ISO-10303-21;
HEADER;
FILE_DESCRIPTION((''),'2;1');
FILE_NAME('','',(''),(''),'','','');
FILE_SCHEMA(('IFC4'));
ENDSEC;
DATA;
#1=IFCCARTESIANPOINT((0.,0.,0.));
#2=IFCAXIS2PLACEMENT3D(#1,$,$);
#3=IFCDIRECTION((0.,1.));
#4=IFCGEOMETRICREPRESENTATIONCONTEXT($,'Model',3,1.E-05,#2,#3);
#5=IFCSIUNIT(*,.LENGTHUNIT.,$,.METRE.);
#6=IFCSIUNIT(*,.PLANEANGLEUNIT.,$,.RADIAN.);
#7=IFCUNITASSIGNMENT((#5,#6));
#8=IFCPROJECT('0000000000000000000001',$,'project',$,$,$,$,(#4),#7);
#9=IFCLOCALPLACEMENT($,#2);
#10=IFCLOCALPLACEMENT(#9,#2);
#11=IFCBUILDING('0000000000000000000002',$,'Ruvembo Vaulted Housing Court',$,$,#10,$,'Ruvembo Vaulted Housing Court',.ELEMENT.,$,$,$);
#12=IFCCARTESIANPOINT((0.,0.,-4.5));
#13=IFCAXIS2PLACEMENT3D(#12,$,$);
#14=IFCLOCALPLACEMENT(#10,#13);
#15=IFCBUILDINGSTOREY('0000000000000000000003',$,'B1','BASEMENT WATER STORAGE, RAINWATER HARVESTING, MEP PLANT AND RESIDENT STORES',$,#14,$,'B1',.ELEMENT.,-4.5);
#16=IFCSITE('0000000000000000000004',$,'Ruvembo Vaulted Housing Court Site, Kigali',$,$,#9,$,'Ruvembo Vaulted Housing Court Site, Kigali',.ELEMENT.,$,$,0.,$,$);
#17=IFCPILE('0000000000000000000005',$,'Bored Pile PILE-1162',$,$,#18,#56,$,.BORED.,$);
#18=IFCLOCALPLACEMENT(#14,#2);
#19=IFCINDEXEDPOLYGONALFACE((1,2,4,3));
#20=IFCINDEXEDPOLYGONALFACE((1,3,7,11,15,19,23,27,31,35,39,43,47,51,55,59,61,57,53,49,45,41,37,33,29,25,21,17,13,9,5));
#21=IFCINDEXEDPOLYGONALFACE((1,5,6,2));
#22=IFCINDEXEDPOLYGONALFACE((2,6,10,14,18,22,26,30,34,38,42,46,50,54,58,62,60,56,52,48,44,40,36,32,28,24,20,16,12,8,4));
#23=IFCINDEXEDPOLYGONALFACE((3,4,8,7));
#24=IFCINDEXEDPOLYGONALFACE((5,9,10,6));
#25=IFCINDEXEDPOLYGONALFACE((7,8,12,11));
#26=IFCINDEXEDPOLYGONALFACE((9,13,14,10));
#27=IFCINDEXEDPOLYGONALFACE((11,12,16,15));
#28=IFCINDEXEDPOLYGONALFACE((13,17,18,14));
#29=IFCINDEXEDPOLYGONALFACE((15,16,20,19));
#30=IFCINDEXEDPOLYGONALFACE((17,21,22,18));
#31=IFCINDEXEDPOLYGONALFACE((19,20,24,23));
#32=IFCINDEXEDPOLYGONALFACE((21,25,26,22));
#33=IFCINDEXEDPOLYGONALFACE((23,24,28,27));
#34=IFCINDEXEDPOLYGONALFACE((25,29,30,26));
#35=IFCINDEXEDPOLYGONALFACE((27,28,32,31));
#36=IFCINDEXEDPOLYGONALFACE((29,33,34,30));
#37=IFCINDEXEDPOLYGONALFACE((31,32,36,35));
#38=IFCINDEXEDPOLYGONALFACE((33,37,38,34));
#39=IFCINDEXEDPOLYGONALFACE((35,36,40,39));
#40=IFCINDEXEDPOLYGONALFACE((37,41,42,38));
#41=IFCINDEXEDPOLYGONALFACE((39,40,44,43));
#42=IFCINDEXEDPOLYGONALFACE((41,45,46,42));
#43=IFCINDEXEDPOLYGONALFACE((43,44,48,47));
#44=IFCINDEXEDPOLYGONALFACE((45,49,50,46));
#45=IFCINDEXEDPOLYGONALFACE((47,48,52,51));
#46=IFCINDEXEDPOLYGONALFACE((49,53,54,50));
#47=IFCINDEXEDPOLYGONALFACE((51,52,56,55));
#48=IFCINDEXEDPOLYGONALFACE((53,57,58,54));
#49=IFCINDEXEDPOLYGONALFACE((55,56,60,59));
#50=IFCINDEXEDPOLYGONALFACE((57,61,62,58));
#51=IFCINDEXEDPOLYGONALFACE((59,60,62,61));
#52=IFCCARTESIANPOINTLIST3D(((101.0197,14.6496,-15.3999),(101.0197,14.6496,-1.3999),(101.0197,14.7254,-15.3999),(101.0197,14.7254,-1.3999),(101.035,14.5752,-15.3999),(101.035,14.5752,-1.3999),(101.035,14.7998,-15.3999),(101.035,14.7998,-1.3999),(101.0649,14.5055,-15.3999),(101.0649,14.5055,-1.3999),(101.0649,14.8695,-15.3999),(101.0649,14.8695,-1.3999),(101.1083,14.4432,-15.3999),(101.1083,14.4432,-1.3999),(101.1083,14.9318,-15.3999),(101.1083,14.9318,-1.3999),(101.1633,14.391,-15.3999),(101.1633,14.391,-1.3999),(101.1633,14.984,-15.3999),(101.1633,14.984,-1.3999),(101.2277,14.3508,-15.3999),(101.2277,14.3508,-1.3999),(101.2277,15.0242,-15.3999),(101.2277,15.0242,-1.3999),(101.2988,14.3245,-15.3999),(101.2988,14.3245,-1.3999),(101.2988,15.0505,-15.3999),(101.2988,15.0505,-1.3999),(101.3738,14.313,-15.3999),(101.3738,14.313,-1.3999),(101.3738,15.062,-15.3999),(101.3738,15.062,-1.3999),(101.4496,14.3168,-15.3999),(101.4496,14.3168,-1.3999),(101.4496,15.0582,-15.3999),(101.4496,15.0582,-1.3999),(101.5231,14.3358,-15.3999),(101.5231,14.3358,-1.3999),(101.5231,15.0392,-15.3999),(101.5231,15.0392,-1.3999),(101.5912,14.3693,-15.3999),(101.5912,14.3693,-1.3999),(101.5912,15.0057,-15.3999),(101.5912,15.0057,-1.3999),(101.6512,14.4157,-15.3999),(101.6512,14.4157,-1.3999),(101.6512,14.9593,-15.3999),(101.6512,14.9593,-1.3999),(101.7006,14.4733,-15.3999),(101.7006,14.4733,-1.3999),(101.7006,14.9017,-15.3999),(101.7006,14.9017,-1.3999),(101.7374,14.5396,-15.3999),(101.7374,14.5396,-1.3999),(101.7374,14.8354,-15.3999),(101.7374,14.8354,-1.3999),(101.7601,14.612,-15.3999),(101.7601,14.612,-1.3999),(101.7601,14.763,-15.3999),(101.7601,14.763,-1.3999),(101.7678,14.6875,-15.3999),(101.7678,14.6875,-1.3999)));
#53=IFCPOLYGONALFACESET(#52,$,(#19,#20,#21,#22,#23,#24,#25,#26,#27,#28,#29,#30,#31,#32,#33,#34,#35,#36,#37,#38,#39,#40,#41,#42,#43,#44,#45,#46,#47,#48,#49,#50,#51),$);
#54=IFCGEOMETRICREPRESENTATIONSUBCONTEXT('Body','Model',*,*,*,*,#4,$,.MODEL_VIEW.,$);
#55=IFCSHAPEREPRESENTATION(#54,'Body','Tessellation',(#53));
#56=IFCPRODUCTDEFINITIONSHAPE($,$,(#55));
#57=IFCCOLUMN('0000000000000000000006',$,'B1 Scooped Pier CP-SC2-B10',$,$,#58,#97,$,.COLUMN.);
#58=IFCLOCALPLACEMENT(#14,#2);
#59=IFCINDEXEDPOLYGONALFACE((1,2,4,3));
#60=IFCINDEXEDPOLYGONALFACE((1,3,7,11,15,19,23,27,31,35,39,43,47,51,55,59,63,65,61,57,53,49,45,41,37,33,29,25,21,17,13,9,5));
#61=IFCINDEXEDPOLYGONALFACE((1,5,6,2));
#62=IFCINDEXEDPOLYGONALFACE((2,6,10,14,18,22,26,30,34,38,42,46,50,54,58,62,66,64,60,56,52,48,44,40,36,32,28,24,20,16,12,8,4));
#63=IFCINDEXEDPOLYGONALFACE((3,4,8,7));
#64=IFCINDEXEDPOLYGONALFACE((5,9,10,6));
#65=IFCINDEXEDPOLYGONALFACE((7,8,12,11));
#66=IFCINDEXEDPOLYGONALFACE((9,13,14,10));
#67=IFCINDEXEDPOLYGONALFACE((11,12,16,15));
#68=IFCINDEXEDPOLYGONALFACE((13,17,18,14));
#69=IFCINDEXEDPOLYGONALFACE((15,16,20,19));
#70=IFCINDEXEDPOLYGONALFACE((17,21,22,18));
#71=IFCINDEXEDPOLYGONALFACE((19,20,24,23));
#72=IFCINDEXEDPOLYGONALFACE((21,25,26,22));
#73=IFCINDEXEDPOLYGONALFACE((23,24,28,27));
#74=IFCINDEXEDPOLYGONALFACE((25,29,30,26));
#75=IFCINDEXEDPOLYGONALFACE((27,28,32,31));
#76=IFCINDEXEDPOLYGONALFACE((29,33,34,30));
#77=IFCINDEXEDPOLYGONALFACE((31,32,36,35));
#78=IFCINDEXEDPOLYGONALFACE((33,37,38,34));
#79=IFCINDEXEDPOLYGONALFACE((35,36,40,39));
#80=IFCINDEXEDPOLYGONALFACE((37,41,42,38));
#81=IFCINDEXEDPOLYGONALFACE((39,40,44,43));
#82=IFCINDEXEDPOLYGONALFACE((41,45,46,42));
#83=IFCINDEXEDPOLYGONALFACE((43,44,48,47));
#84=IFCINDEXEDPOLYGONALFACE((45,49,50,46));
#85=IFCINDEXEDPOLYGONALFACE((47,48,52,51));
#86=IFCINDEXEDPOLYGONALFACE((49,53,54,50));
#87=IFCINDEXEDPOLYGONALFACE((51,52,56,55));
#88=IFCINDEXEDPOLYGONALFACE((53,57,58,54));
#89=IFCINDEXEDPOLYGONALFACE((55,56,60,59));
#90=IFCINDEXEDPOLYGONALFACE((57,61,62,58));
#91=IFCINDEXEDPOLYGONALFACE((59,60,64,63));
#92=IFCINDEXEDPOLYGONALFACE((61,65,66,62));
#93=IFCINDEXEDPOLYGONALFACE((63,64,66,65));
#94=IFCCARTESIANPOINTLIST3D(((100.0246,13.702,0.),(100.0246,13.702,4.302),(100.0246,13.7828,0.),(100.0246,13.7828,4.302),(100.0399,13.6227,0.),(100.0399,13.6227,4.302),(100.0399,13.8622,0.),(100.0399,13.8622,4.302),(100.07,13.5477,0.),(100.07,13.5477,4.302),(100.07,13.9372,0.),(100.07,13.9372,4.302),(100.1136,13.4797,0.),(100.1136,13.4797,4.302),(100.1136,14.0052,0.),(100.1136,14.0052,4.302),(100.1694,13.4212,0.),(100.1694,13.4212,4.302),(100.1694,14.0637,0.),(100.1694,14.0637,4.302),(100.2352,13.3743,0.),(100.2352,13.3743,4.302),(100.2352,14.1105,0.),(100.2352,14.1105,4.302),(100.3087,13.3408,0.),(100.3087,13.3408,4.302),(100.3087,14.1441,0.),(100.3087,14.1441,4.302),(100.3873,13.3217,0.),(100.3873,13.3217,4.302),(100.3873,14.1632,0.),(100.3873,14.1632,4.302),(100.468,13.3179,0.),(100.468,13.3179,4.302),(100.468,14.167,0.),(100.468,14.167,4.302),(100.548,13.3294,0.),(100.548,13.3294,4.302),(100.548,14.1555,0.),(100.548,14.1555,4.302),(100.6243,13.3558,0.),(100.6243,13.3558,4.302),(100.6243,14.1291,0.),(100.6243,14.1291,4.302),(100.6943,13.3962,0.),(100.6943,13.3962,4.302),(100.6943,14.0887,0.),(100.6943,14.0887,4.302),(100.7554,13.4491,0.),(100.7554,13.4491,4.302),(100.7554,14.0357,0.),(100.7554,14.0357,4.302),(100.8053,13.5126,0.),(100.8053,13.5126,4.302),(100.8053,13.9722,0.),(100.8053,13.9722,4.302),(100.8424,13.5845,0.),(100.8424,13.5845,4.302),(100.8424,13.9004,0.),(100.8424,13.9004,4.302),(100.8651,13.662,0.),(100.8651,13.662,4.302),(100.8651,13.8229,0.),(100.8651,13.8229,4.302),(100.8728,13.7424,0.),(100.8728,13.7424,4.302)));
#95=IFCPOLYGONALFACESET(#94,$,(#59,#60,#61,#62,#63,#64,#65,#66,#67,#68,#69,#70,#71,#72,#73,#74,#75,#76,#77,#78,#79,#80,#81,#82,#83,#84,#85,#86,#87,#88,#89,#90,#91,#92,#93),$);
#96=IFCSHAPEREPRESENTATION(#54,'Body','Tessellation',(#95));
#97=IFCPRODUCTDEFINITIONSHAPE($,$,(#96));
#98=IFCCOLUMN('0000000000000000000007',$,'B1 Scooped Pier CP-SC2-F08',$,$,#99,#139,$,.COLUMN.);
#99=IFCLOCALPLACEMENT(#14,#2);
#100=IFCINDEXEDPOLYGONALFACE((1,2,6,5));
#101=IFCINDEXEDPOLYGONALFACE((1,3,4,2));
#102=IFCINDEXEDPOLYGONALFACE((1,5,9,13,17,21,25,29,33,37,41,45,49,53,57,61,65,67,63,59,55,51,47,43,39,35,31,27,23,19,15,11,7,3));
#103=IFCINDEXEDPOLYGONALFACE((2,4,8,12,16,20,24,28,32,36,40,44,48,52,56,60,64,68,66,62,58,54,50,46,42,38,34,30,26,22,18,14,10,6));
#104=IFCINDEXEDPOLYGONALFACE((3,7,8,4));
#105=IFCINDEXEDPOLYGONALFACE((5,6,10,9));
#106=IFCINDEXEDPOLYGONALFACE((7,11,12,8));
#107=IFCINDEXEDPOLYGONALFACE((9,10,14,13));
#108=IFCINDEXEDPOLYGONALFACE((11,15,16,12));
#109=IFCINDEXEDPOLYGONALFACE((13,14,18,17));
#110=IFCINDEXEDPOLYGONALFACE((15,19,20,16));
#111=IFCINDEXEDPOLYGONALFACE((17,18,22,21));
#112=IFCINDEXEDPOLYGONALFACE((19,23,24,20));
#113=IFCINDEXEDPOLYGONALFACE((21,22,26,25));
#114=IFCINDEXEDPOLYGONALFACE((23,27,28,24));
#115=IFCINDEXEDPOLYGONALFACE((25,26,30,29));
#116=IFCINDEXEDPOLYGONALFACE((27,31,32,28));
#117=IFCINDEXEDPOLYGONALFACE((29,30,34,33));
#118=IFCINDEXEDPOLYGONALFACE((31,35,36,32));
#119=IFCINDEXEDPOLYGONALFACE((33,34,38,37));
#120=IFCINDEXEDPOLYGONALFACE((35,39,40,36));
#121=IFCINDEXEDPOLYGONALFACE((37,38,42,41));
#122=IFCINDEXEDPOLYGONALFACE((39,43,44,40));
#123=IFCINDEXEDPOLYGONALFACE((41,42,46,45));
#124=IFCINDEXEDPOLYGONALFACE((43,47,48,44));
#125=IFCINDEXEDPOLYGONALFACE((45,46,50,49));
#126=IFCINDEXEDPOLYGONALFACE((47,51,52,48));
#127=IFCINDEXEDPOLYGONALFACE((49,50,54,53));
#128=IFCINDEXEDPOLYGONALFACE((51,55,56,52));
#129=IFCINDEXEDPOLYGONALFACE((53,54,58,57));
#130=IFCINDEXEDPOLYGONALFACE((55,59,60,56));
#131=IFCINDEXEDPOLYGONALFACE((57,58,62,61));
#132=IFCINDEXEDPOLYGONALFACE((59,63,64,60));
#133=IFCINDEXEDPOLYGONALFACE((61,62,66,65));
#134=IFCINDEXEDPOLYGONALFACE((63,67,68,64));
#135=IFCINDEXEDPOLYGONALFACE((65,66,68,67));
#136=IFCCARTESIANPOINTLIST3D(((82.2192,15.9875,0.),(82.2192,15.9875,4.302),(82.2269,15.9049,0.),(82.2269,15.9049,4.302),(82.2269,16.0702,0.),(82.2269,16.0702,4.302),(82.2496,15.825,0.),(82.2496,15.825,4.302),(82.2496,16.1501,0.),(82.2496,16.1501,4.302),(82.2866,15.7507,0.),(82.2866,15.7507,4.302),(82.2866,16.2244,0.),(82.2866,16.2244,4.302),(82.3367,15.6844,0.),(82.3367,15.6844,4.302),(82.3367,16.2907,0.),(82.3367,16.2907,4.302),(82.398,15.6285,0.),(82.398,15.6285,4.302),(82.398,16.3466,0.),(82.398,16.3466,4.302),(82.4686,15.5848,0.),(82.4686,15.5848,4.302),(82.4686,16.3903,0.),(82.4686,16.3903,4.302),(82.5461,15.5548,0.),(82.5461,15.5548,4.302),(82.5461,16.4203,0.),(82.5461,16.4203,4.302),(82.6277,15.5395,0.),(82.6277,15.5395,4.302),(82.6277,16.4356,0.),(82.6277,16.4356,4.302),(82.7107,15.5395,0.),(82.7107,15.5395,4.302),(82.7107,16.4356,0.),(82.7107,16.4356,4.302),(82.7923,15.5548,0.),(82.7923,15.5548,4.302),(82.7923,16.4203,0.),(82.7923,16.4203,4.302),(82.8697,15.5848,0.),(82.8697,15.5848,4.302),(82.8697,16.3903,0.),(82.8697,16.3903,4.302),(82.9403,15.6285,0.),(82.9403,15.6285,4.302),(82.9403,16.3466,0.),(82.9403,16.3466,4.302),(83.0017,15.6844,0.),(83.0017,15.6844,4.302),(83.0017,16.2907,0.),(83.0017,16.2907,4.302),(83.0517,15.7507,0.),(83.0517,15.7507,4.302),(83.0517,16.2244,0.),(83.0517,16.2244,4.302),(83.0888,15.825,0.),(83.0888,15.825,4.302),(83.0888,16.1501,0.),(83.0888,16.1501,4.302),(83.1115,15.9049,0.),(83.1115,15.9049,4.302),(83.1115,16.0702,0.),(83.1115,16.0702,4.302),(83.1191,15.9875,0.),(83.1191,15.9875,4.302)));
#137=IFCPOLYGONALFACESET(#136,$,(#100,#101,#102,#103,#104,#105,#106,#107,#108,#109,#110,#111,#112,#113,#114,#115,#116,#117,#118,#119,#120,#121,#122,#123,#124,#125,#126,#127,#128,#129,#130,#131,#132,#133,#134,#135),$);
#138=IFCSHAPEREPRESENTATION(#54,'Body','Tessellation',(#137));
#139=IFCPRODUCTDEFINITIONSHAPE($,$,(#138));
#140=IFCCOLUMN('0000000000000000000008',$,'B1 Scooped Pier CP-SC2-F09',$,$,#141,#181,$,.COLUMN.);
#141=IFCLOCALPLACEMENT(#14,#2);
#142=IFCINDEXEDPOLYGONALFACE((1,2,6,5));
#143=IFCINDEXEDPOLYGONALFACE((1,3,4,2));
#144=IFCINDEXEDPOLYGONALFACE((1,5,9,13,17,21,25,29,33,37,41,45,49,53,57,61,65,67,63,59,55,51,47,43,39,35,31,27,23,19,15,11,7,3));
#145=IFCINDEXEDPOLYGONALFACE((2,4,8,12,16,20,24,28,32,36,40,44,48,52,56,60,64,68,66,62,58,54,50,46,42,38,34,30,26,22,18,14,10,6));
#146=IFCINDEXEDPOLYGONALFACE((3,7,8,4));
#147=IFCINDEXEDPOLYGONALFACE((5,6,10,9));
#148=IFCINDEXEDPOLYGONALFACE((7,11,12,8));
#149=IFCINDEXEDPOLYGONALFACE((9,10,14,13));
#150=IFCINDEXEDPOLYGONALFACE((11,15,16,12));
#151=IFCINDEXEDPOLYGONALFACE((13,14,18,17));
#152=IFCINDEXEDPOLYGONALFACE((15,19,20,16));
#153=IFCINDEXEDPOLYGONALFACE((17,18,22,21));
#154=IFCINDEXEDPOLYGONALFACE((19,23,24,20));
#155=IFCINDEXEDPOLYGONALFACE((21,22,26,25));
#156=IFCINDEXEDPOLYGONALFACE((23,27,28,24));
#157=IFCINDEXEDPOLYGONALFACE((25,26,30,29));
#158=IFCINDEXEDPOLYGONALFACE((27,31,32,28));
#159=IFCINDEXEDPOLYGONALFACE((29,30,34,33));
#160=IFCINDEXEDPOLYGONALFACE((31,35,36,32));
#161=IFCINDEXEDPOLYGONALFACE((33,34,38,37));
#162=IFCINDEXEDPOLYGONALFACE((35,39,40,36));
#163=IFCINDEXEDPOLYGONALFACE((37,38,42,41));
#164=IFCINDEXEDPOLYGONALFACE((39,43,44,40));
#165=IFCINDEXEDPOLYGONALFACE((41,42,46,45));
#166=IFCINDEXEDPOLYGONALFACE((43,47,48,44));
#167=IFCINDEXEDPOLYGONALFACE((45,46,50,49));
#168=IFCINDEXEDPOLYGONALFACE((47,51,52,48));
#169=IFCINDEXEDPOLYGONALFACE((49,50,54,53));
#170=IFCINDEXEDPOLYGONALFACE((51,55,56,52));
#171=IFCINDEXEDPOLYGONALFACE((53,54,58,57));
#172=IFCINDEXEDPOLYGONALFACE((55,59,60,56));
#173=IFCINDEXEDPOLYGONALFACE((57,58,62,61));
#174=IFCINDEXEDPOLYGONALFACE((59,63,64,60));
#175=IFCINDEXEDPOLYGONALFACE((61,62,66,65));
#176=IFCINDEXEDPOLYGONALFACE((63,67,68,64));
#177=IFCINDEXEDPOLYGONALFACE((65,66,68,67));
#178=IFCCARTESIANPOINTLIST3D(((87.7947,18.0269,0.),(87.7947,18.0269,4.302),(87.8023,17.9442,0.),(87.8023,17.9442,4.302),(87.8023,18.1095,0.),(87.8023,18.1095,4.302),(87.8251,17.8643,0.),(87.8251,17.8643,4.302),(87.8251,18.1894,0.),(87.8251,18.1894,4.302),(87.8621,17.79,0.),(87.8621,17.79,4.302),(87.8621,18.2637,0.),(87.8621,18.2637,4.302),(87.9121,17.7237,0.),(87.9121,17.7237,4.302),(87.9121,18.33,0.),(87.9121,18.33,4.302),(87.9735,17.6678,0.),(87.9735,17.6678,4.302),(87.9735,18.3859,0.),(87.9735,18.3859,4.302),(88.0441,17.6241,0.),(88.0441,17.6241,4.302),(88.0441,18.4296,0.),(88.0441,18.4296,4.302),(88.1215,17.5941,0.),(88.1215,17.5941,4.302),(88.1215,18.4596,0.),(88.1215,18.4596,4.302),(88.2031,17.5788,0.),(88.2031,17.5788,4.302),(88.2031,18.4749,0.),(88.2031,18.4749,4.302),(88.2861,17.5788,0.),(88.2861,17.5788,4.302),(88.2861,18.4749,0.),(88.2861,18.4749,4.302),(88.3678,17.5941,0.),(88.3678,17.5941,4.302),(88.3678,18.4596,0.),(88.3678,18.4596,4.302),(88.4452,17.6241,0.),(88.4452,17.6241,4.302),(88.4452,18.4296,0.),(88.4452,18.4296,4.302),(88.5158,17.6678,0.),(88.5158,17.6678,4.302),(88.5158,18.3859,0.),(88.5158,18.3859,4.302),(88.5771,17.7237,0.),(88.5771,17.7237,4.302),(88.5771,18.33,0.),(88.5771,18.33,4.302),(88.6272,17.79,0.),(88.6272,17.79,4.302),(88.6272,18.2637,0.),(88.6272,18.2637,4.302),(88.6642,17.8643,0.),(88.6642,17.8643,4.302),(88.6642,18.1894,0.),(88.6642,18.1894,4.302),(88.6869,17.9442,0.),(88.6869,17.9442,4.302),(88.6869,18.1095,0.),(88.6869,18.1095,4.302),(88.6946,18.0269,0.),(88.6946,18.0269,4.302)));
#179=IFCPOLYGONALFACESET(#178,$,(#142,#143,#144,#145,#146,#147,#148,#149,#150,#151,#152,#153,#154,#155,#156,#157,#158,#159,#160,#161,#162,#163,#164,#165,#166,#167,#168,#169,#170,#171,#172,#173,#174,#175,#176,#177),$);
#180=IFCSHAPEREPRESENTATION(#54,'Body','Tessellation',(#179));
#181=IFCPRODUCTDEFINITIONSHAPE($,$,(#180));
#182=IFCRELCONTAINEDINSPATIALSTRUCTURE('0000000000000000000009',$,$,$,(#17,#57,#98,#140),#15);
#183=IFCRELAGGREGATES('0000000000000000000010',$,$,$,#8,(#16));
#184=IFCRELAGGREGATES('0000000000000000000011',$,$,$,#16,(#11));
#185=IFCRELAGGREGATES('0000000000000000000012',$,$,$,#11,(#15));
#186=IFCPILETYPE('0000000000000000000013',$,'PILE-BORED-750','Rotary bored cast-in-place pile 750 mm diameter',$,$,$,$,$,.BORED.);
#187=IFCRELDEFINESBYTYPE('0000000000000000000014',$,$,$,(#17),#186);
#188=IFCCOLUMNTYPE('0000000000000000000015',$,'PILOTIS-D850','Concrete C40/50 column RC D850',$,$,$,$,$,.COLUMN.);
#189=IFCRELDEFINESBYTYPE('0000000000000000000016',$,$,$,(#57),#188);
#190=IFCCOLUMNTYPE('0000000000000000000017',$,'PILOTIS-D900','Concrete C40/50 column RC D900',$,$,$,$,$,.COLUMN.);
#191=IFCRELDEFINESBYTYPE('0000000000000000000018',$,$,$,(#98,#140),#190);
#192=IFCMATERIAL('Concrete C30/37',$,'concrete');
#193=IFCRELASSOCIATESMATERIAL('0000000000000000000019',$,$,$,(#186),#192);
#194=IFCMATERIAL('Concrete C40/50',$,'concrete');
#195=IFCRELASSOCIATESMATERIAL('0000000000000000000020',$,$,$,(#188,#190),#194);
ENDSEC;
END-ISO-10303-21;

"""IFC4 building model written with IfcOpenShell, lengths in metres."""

from ifc_helpers import new_model, si_unit, direction, frame, origin, origin_2d, place, context, subcontext, project, spatial, circle, extrude, material, material_profile, profile_set, type_object, element, save


model = new_model("IFC4")

# Units and contexts
model_context = context("Model", 3, precision=1e-05, world=origin(), true_north=direction((0.0, 1.0)))
body_context = subcontext(model_context, "Body", "Model", "MODEL_VIEW")
ifc_project = project(units=[si_unit("LENGTHUNIT", "METRE"), si_unit("PLANEANGLEUNIT", "RADIAN")], contexts=[model_context])

# Site, building, storey
site_placement = place(None, origin())
site = spatial("IfcSite", under=ifc_project, at=site_placement, Name="Ruvembo Vaulted Housing Court Site, Kigali", LongName="Ruvembo Vaulted Housing Court Site, Kigali", CompositionType="ELEMENT", RefElevation=0.0)
building_placement = place(site_placement, origin())
building = spatial("IfcBuilding", under=site, at=building_placement, Name="Ruvembo Vaulted Housing Court", LongName="Ruvembo Vaulted Housing Court", CompositionType="ELEMENT")
storey_placement = place(building_placement, frame((0.0, 0.0, -4.5)))
storey = spatial("IfcBuildingStorey", under=building, at=storey_placement, Name="B1", Description="BASEMENT WATER STORAGE, RAINWATER HARVESTING, MEP PLANT AND RESIDENT STORES", LongName="B1", CompositionType="ELEMENT", Elevation=-4.5)

# Pile
ifc_material_1 = material(Name="Concrete C30/37", Category="concrete")
ifc_material_profile_1 = material_profile(ifc_material_1, circle(Radius=0.375, at=origin_2d()), Name="PILE D750")
ifc_profile_set_1 = profile_set([ifc_material_profile_1], Name="Concrete C30/37")
pile_type = type_object("IfcPileType", Name="PILE-BORED-750", Description="Rotary bored cast-in-place pile 750 mm diameter", PredefinedType="BORED", material=ifc_profile_set_1)
for number, where, z_axis, x_axis, name in (
    (1, (101.3928, 14.6875, -1.3999), (0.0, 0.0, -1.0), (1.0, 0.0, 0.0), "Bored Pile PILE-1162"),
):
    element("IfcPile", number, at=place(storey_placement, frame(where, z_axis=z_axis, x_axis=x_axis)), inside=storey, type_object=pile_type, Name=name, PredefinedType="BORED", context=body_context, shape_type="SweptSolid", body=[
        extrude(circle(Radius=0.375, at=origin_2d()), origin(), (0.0, 0.0, 1.0), 14.0),
    ])

# Columns
ifc_material_2 = material(Name="Concrete C40/50", Category="concrete")
ifc_material_profile_2 = material_profile(ifc_material_2, circle(Radius=0.425, at=origin_2d()), Name="RC D850")
ifc_profile_set_2 = profile_set([ifc_material_profile_2], Name="Concrete C40/50")
column_type_1 = type_object("IfcColumnType", Name="PILOTIS-D850", Description="Concrete C40/50 column RC D850", PredefinedType="COLUMN", material=ifc_profile_set_2)
column_placement = place(storey_placement, frame((100.4478, 13.7424, 0.0), z_axis=(0.0, 0.0, 1.0), x_axis=(1.0, 0.0, 0.0)))
element("IfcColumn", 2, at=column_placement, inside=storey, type_object=column_type_1, Name="B1 Scooped Pier CP-SC2-B10", PredefinedType="COLUMN", context=body_context, shape_type="SweptSolid", body=[
    extrude(circle(Radius=0.425, at=origin_2d()), origin(), (0.0, 0.0, 1.0), 4.302),
])
ifc_material_profile_3 = material_profile(ifc_material_2, circle(Radius=0.45, at=origin_2d()), Name="RC D900")
ifc_profile_set_3 = profile_set([ifc_material_profile_3], Name="Concrete C40/50")
column_type_2 = type_object("IfcColumnType", Name="PILOTIS-D900", Description="Concrete C40/50 column RC D900", PredefinedType="COLUMN", material=ifc_profile_set_3)
for number, where, z_axis, x_axis, name in (
    (3, (82.6692, 15.9875, 0.0), (0.0, 0.0, 1.0), (1.0, 0.0, 0.0), "B1 Scooped Pier CP-SC2-F08"),
    (4, (88.2446, 18.0269, 0.0), (0.0, 0.0, 1.0), (1.0, 0.0, 0.0), "B1 Scooped Pier CP-SC2-F09"),
):
    element("IfcColumn", number, at=place(storey_placement, frame(where, z_axis=z_axis, x_axis=x_axis)), inside=storey, type_object=column_type_2, Name=name, PredefinedType="COLUMN", context=body_context, shape_type="SweptSolid", body=[
        extrude(circle(Radius=0.45, at=origin_2d()), origin(), (0.0, 0.0, 1.0), 4.302),
    ])

save(model, "model.ifc")
